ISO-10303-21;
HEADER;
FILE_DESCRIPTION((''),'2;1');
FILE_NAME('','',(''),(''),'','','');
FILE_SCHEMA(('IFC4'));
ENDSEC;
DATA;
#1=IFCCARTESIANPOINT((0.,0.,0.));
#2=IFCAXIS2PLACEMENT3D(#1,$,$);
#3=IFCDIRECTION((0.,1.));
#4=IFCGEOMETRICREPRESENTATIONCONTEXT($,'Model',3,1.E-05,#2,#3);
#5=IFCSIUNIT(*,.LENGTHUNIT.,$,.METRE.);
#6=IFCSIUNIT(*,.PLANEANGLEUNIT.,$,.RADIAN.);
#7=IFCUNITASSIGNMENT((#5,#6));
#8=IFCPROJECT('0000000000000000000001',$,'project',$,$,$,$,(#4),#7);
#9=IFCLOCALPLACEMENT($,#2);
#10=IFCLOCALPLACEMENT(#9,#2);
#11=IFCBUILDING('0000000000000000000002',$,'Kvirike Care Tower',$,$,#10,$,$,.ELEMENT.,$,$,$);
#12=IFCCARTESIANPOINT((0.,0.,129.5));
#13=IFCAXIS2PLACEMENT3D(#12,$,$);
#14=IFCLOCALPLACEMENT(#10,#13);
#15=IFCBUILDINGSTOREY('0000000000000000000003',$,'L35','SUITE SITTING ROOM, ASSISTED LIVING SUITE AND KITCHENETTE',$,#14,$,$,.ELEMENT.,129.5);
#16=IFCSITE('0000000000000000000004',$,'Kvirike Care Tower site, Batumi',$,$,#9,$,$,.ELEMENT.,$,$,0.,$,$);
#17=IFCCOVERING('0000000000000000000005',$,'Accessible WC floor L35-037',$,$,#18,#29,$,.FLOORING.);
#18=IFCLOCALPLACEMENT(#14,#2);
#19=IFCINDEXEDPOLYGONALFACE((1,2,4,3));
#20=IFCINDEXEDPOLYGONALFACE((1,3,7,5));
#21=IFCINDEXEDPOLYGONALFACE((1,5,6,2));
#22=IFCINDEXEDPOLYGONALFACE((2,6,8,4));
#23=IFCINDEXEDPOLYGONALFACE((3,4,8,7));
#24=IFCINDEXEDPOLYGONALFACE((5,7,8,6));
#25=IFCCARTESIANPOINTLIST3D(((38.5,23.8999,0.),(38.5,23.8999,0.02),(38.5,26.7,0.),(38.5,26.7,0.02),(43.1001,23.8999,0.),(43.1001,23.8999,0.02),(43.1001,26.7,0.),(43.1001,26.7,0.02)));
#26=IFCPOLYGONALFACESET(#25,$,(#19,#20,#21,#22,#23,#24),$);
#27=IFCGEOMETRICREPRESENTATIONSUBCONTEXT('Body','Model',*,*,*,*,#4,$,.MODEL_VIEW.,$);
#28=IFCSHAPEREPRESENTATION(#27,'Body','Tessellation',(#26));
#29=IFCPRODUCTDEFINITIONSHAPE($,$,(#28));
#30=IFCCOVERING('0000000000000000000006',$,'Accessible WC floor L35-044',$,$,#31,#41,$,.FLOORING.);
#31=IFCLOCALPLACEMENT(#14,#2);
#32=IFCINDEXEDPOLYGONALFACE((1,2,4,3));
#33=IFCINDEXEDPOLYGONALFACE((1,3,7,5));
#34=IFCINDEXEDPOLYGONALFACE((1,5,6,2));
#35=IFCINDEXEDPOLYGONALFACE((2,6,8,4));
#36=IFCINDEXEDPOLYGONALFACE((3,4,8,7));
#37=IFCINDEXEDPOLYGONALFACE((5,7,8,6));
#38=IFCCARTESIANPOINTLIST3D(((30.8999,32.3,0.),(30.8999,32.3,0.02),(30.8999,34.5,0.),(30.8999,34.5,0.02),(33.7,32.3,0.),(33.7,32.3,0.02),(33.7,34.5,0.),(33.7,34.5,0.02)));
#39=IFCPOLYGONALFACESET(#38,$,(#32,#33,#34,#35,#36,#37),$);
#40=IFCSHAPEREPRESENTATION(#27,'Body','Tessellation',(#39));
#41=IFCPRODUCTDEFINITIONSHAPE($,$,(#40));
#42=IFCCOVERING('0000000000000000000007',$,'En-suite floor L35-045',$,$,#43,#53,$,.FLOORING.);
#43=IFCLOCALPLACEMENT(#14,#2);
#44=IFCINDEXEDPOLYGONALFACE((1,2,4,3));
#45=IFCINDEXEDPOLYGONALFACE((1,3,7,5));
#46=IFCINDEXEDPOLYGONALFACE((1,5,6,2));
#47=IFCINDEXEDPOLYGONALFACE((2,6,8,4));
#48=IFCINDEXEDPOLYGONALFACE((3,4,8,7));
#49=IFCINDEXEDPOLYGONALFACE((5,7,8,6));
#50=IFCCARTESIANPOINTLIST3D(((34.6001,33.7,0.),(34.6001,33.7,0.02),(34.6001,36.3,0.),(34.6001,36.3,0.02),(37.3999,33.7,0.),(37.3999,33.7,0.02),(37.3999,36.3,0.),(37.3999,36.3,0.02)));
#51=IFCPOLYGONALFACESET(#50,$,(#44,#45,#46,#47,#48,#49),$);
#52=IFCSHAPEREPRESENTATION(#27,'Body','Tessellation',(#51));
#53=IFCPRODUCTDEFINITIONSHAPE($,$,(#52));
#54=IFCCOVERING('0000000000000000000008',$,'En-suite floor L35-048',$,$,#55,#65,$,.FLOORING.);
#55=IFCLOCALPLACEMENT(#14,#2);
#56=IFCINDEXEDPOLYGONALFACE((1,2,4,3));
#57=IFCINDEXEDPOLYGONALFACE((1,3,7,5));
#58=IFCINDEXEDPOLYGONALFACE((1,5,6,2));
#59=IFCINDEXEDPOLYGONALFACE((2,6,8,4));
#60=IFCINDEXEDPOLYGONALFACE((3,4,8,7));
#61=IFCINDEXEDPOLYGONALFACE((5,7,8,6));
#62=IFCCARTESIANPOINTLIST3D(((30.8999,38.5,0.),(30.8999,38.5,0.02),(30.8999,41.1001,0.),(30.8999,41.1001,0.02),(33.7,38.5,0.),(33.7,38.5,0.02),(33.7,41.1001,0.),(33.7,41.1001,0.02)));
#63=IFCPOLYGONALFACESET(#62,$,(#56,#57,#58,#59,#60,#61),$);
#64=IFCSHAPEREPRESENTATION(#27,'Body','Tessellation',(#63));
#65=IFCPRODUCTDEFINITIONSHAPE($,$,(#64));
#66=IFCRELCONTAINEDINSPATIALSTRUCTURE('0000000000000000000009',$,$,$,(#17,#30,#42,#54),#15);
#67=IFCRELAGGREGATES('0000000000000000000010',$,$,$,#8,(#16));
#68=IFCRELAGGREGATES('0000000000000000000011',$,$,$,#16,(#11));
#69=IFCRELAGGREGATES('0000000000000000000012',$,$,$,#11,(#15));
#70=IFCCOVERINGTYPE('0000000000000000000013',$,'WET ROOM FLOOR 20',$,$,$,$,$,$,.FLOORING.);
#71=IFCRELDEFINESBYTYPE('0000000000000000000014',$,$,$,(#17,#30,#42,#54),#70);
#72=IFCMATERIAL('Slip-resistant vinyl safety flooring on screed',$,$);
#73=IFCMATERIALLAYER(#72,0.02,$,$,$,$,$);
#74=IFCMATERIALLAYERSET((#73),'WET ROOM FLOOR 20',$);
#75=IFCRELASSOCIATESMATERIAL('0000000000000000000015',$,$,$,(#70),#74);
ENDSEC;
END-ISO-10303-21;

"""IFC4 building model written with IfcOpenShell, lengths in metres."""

from ifc_helpers import new_model, si_unit, direction, frame, origin, place, context, subcontext, project, spatial, polyline, outline, extrude, material, layer, layer_set, type_object, element, save


model = new_model("IFC4")

# Units and contexts
model_context = context("Model", 3, precision=1e-05, world=origin(), true_north=direction((0.0, 1.0)))
body_context = subcontext(model_context, "Body", "Model", "MODEL_VIEW")
ifc_project = project(units=[si_unit("LENGTHUNIT", "METRE"), si_unit("PLANEANGLEUNIT", "RADIAN")], contexts=[model_context])

# Site, building, storey
site_placement = place(None, origin())
site = spatial("IfcSite", under=ifc_project, at=site_placement, Name="Kvirike Care Tower site, Batumi", CompositionType="ELEMENT", RefElevation=0.0)
building_placement = place(site_placement, origin())
building = spatial("IfcBuilding", under=site, at=building_placement, Name="Kvirike Care Tower", CompositionType="ELEMENT")
storey_placement = place(building_placement, frame((0.0, 0.0, 129.5)))
storey = spatial("IfcBuildingStorey", under=building, at=storey_placement, Name="L35", Description="SUITE SITTING ROOM, ASSISTED LIVING SUITE AND KITCHENETTE", CompositionType="ELEMENT", Elevation=129.5)

# Coverings
ifc_material_1 = material(Name="Slip-resistant vinyl safety flooring on screed")
ifc_layer_1 = layer(ifc_material_1, 0.02)
ifc_layer_set_1 = layer_set([ifc_layer_1], Name="WET ROOM FLOOR 20")
covering_type_1 = type_object("IfcCoveringType", Name="WET ROOM FLOOR 20", PredefinedType="FLOORING", material=ifc_layer_set_1)
covering_1_placement = place(storey_placement, origin())
element("IfcCovering", 1, at=covering_1_placement, inside=storey, type_object=covering_type_1, Name="Accessible WC floor L35-037", PredefinedType="FLOORING", context=body_context, shape_type="SweptSolid", body=[
    extrude(outline(polyline([(38.5, 23.8999), (38.5, 26.7), (43.1001, 26.7), (43.1001, 23.8999), (38.5, 23.8999)])), origin(), (0.0, 0.0, 1.0), 0.02),
])
covering_2_placement = place(storey_placement, origin())
element("IfcCovering", 2, at=covering_2_placement, inside=storey, type_object=covering_type_1, Name="Accessible WC floor L35-044", PredefinedType="FLOORING", context=body_context, shape_type="SweptSolid", body=[
    extrude(outline(polyline([(33.7, 32.3), (30.8999, 32.3), (30.8999, 34.5), (33.7, 34.5), (33.7, 32.3)])), origin(), (0.0, 0.0, 1.0), 0.02),
])
covering_3_placement = place(storey_placement, origin())
element("IfcCovering", 3, at=covering_3_placement, inside=storey, type_object=covering_type_1, Name="En-suite floor L35-045", PredefinedType="FLOORING", context=body_context, shape_type="SweptSolid", body=[
    extrude(outline(polyline([(37.3999, 33.7), (34.6001, 33.7), (34.6001, 36.3), (37.3999, 36.3), (37.3999, 33.7)])), origin(), (0.0, 0.0, 1.0), 0.02),
])
covering_4_placement = place(storey_placement, origin())
element("IfcCovering", 4, at=covering_4_placement, inside=storey, type_object=covering_type_1, Name="En-suite floor L35-048", PredefinedType="FLOORING", context=body_context, shape_type="SweptSolid", body=[
    extrude(outline(polyline([(33.7, 38.5), (30.8999, 38.5), (30.8999, 41.1001), (33.7, 41.1001), (33.7, 38.5)])), origin(), (0.0, 0.0, 1.0), 0.02),
])

save(model, "model.ifc")
